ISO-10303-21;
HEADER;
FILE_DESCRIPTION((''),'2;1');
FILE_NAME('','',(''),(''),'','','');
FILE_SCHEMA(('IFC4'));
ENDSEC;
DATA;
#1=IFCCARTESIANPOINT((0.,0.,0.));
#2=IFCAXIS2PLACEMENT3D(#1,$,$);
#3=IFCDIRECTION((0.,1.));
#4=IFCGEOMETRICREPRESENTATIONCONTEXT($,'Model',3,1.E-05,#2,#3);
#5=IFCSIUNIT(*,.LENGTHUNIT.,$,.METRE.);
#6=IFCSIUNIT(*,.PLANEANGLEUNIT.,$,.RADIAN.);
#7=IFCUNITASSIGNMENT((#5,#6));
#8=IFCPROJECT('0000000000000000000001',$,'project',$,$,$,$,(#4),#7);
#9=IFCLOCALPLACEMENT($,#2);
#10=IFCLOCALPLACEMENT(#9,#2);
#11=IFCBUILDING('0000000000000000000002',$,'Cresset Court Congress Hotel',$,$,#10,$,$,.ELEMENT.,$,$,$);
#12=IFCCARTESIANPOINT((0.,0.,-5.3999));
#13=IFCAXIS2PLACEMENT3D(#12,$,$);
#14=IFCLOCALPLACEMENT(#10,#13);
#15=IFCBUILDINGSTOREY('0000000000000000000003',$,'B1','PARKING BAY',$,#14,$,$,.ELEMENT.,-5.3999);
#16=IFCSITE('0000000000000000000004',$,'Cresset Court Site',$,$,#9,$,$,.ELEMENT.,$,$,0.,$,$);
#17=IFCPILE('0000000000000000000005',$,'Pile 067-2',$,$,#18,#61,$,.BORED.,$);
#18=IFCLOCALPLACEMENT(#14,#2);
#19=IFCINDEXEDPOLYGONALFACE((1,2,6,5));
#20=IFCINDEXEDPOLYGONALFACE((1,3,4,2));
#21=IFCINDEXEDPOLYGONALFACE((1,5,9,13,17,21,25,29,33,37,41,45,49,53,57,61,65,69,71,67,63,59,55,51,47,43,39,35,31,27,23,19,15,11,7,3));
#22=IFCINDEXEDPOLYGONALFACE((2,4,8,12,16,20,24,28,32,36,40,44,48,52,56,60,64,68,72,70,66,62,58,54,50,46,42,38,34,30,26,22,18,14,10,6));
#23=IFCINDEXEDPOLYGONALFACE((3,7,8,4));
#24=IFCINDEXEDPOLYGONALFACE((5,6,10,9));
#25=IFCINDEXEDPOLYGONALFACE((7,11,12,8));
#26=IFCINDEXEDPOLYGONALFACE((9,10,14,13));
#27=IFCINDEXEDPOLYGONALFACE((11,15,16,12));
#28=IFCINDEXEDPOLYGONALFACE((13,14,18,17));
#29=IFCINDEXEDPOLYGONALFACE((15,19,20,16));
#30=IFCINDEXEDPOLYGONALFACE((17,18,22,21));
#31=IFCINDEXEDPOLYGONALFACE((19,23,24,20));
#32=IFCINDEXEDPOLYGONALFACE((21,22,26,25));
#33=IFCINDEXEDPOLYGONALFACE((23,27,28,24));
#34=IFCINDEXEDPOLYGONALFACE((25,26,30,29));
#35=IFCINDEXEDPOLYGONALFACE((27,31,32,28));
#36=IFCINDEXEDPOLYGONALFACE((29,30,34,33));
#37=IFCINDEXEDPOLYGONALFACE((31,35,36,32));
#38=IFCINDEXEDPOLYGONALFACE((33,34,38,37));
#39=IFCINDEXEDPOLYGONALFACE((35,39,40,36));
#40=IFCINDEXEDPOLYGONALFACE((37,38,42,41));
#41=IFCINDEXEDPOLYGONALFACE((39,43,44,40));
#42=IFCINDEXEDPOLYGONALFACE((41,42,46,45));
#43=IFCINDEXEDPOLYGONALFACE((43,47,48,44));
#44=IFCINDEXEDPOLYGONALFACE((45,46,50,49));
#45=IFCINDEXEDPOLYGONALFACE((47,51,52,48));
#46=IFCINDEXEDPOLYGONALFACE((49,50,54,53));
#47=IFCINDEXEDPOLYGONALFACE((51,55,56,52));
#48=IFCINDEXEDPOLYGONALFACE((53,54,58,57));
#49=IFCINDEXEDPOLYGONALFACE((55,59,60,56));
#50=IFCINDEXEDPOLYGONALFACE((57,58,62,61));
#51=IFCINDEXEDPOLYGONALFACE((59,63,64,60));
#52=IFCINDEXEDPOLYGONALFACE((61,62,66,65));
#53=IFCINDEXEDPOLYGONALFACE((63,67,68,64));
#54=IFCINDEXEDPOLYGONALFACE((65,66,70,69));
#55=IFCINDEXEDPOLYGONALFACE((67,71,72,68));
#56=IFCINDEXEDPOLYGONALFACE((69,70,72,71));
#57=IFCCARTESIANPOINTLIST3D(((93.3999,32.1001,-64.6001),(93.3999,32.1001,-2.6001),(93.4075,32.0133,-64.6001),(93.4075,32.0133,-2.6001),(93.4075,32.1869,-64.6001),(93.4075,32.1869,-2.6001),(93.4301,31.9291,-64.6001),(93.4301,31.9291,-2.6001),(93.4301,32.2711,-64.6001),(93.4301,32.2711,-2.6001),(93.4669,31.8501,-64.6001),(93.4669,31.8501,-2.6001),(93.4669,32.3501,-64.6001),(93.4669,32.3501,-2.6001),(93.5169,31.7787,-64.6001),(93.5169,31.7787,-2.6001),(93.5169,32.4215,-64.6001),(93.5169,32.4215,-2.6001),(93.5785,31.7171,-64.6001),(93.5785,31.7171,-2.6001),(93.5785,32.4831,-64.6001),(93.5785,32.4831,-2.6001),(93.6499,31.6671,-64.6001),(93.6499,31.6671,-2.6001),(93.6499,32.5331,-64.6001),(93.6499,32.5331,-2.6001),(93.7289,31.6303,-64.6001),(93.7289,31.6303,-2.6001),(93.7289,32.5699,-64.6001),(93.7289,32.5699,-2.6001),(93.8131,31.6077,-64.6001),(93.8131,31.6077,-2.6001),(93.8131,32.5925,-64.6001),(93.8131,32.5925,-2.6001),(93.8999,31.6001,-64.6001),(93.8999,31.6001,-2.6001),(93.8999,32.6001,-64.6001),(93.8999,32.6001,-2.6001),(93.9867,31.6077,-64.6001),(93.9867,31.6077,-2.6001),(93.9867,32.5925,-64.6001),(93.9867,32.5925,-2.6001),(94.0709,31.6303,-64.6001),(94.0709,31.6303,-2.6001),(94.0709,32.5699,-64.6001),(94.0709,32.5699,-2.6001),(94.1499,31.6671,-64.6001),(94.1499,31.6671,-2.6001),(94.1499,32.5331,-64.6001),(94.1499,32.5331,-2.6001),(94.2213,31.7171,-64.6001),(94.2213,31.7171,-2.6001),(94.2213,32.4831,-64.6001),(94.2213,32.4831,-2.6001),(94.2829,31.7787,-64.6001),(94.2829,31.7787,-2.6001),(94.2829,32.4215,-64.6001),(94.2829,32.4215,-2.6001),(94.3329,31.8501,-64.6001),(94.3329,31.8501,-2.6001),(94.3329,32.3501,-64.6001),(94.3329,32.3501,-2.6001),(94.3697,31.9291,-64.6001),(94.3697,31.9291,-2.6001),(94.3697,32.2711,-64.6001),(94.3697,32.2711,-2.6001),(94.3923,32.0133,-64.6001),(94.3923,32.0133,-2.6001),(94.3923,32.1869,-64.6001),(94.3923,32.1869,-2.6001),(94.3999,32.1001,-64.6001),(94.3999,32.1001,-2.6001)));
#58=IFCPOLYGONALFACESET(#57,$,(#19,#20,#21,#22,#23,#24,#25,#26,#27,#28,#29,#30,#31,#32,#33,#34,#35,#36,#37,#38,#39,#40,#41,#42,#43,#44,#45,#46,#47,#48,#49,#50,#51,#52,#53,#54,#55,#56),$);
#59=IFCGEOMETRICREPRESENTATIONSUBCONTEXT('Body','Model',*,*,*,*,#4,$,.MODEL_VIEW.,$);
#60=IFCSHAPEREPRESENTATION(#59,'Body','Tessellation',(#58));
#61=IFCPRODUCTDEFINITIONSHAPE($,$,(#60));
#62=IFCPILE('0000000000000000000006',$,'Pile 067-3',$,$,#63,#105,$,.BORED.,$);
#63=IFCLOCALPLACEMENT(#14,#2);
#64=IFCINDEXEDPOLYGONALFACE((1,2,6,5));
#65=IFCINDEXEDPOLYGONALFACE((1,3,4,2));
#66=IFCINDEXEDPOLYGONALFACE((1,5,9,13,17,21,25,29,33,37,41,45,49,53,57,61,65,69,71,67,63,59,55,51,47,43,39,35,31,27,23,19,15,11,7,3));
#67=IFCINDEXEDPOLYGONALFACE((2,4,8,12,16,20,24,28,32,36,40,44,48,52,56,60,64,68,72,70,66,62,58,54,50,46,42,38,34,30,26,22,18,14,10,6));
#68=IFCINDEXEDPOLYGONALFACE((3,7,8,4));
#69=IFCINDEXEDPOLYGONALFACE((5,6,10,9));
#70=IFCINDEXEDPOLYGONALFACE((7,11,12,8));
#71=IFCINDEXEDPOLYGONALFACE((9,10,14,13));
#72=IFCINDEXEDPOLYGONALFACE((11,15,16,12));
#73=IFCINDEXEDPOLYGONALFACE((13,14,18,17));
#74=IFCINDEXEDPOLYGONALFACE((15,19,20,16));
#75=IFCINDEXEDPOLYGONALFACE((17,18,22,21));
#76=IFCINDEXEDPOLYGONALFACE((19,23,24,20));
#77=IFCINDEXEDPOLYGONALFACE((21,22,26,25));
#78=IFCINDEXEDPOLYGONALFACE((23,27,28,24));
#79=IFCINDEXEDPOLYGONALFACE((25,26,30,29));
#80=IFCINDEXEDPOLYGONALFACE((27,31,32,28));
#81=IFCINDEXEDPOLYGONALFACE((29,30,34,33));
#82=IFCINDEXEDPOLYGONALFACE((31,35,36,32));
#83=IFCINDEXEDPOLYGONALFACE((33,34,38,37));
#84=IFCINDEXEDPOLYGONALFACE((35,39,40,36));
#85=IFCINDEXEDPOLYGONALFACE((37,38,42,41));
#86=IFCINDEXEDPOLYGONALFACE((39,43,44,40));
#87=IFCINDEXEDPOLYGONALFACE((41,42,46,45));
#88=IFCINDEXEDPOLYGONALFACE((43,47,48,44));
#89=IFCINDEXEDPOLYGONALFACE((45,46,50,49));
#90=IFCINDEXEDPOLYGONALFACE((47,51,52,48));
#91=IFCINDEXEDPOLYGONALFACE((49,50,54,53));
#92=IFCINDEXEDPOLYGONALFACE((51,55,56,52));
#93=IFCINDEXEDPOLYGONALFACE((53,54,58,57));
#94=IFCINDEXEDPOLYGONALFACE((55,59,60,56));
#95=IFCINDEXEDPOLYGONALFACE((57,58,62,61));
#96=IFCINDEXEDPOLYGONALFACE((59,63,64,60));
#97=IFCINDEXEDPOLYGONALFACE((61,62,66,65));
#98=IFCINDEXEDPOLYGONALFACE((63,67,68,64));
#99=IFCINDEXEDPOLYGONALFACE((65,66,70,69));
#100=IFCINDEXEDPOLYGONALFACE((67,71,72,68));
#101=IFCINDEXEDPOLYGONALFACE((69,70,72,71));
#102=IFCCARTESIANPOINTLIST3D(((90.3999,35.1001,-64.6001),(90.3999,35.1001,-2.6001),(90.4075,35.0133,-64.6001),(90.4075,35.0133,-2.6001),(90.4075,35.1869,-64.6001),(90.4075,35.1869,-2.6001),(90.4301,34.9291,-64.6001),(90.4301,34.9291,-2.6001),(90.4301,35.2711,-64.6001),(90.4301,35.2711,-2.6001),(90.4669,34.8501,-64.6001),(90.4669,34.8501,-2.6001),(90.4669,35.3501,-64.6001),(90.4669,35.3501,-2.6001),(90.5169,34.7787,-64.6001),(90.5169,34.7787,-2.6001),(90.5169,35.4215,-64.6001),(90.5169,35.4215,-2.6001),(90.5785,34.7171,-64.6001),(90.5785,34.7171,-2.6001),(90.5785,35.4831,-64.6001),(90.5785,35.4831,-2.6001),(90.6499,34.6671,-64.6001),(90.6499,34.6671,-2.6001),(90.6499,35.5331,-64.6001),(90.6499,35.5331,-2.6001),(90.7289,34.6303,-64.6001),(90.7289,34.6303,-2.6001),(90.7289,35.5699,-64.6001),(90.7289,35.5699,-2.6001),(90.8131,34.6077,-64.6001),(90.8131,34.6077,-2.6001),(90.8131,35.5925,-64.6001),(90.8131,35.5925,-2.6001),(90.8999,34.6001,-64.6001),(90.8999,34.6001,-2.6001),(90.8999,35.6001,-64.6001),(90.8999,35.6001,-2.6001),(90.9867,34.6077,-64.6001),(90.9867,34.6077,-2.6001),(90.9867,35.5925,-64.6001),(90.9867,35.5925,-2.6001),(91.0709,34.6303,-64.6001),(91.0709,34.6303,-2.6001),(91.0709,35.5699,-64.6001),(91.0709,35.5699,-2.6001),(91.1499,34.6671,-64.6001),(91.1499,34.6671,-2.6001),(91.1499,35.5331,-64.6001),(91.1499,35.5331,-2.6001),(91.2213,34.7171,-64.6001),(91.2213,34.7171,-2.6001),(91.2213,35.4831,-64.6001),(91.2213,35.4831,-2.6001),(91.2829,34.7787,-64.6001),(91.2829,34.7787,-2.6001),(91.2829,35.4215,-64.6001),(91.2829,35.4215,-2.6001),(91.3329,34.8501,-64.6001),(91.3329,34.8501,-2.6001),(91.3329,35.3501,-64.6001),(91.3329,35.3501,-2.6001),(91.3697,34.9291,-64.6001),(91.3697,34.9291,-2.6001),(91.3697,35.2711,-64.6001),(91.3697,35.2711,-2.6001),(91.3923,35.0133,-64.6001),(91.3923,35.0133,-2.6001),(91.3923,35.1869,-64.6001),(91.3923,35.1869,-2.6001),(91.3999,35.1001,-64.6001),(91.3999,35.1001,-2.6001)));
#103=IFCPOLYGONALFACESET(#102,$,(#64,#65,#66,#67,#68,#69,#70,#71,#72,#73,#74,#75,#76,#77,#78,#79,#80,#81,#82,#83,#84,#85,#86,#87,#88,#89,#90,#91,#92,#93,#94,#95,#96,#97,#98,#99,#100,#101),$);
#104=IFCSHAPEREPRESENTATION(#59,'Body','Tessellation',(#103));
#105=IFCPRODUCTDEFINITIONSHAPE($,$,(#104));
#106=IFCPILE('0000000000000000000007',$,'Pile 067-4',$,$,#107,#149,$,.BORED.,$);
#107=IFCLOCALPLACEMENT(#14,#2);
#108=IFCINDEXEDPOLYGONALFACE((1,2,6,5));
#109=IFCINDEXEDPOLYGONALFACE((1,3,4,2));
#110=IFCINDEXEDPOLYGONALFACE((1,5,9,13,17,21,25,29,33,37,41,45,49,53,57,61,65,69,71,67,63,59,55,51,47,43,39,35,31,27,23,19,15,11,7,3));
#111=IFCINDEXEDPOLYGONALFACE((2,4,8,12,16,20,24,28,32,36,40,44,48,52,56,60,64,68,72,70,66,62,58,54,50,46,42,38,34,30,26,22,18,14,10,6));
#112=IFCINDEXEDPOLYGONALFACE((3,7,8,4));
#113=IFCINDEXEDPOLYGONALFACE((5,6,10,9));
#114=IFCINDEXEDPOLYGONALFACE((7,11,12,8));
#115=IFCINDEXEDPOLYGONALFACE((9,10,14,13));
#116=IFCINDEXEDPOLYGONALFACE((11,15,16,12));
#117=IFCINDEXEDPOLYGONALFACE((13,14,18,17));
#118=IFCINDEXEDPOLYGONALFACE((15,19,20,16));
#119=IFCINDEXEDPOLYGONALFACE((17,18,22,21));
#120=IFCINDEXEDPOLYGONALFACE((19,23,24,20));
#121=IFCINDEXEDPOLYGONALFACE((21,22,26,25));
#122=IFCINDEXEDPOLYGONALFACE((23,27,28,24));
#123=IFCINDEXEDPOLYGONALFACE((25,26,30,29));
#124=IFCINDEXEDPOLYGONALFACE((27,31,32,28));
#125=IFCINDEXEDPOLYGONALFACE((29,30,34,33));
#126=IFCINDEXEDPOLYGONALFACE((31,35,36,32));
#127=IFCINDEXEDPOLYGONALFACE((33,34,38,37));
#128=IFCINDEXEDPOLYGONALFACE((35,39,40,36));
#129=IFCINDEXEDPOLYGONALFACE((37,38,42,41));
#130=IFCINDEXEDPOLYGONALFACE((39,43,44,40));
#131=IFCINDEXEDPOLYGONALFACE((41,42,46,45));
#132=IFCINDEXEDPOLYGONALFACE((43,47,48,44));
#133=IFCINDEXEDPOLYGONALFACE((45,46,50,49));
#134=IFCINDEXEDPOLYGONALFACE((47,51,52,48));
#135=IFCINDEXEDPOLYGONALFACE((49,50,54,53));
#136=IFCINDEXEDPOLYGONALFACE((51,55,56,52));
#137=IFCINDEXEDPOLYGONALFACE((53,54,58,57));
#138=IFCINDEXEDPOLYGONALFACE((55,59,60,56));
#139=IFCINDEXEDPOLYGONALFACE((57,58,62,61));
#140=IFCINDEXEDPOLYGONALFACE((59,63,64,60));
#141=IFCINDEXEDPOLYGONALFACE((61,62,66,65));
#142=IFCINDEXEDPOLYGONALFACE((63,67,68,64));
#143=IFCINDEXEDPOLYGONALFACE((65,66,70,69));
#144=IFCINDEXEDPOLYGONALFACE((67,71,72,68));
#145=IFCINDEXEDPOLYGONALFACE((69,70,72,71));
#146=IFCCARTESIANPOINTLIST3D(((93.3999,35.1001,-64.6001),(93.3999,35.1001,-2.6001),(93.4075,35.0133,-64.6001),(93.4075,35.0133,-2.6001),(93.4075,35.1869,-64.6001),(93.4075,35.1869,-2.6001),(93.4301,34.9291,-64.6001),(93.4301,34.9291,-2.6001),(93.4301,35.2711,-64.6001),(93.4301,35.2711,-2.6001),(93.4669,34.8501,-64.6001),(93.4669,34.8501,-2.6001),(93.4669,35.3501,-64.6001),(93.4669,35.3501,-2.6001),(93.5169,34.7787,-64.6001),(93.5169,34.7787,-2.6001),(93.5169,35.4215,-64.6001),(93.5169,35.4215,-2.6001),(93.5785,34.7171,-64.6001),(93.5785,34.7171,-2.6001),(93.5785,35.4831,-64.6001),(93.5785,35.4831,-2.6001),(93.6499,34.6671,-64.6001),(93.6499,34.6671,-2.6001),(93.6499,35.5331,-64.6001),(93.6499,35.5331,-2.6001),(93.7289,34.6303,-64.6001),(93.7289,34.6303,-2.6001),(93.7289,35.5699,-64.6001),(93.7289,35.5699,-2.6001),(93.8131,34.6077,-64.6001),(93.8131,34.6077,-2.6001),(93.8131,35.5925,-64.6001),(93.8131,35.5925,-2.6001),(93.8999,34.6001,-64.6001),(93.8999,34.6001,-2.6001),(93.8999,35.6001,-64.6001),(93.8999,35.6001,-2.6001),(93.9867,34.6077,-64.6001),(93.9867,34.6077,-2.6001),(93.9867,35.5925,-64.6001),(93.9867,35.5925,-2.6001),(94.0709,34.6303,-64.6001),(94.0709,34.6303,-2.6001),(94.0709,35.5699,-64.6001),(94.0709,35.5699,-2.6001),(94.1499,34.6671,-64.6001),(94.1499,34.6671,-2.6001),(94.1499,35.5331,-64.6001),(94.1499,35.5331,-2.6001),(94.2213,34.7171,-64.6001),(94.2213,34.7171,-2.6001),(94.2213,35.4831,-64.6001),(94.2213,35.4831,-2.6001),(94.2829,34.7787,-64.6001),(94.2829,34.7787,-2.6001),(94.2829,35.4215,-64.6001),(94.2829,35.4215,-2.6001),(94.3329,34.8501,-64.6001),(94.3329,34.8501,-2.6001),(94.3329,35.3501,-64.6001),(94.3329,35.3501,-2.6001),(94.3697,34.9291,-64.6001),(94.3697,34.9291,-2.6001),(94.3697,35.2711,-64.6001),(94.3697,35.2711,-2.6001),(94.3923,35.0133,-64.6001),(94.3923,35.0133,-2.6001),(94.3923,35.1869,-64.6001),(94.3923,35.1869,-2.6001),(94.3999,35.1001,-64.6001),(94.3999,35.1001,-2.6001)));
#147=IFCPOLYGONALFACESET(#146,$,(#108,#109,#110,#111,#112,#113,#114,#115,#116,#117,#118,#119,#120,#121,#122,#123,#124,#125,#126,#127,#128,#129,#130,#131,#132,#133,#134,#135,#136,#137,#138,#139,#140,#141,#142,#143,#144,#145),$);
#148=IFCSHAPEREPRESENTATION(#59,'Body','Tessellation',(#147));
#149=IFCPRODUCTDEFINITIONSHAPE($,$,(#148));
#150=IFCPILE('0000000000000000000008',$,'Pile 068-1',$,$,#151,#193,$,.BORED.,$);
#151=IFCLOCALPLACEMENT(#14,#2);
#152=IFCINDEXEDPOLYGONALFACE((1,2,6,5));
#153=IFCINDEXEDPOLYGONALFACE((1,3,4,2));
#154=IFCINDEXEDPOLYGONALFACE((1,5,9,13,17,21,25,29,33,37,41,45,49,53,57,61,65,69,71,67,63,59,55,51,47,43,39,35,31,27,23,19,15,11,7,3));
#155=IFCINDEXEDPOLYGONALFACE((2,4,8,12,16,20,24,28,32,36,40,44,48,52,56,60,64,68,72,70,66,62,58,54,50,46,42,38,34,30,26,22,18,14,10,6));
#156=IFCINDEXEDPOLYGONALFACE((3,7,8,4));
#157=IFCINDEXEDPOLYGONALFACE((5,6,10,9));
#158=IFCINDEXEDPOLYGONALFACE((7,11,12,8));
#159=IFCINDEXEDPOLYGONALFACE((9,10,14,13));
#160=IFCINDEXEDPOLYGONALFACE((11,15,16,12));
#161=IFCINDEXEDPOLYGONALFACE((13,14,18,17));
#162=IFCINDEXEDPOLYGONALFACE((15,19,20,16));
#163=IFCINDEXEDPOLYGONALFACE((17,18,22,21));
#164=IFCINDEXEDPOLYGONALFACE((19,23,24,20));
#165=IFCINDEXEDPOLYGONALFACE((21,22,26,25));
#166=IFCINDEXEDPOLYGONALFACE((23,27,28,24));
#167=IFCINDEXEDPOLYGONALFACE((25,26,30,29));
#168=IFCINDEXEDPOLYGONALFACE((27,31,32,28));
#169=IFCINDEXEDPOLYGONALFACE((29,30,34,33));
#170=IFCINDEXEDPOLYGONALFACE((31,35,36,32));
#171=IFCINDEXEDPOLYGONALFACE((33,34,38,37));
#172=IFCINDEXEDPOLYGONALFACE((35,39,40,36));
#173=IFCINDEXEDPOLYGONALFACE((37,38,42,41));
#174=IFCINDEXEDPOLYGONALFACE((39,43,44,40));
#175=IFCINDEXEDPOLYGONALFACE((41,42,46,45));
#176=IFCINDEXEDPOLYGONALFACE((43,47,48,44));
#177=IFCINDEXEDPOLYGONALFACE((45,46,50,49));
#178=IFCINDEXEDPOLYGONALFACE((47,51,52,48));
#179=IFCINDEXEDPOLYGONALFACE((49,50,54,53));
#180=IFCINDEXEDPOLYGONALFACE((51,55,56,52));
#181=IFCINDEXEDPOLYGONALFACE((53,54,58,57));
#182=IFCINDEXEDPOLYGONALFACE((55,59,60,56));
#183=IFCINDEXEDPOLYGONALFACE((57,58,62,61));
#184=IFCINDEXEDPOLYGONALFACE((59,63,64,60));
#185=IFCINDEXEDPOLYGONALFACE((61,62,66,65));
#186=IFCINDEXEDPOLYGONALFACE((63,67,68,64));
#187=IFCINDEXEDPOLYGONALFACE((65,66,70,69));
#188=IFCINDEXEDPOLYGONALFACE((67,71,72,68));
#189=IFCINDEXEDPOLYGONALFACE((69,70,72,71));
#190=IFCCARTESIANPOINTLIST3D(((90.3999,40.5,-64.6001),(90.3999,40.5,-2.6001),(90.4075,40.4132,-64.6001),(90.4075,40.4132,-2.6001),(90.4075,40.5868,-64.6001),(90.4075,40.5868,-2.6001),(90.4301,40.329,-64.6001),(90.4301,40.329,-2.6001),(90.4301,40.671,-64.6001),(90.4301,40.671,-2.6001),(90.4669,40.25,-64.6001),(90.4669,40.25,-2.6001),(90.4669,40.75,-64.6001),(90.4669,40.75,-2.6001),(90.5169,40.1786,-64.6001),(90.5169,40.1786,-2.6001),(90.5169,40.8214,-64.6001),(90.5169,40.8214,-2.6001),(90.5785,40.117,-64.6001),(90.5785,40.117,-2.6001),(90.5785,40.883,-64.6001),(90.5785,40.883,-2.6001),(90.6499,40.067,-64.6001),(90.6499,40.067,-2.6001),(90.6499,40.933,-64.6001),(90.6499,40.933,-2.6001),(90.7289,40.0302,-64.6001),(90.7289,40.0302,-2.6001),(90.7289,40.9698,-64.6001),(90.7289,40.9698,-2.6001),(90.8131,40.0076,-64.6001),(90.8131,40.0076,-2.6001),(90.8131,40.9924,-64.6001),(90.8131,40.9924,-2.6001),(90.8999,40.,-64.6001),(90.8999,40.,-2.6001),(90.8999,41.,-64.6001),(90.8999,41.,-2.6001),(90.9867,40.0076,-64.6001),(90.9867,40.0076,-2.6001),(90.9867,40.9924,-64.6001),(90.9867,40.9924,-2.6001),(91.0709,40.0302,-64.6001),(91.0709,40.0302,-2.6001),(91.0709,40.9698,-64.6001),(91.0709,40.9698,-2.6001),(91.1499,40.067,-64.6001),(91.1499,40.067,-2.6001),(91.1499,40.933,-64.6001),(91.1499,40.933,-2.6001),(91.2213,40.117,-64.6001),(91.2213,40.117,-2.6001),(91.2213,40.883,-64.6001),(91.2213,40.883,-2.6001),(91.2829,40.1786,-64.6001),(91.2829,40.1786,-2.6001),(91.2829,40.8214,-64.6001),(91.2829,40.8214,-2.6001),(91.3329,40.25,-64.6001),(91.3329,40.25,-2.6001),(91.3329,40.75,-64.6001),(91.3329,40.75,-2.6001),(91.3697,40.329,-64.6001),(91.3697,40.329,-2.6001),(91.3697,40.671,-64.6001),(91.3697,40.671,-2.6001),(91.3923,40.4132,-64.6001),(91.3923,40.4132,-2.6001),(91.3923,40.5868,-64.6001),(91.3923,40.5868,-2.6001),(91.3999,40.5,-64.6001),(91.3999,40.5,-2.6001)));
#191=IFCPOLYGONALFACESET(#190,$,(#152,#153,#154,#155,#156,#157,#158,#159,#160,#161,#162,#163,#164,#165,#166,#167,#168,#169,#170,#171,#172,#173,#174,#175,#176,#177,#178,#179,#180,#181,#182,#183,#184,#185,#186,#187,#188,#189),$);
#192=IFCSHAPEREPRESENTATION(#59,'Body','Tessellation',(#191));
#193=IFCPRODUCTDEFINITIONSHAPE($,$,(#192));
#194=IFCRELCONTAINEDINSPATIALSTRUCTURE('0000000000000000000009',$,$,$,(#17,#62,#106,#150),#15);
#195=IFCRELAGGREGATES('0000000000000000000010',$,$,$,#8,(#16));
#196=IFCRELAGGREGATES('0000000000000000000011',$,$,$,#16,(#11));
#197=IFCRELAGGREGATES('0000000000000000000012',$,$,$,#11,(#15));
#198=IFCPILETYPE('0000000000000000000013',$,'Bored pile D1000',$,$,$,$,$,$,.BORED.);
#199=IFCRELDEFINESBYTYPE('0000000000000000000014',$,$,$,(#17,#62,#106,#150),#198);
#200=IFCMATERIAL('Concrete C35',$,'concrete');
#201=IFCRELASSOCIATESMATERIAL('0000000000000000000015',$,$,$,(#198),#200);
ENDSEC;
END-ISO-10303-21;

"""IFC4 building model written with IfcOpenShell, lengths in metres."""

from ifc_helpers import new_model, si_unit, direction, frame, origin, origin_2d, place, context, subcontext, project, spatial, circle, extrude, material, type_object, element, save


model = new_model("IFC4")

# Units and contexts
model_context = context("Model", 3, precision=1e-05, world=origin(), true_north=direction((0.0, 1.0)))
body_context = subcontext(model_context, "Body", "Model", "MODEL_VIEW")
ifc_project = project(units=[si_unit("LENGTHUNIT", "METRE"), si_unit("PLANEANGLEUNIT", "RADIAN")], contexts=[model_context])

# Site, building, storey
site_placement = place(None, origin())
site = spatial("IfcSite", under=ifc_project, at=site_placement, Name="Cresset Court Site", CompositionType="ELEMENT", RefElevation=0.0)
building_placement = place(site_placement, origin())
building = spatial("IfcBuilding", under=site, at=building_placement, Name="Cresset Court Congress Hotel", CompositionType="ELEMENT")
storey_placement = place(building_placement, frame((0.0, 0.0, -5.3999)))
storey = spatial("IfcBuildingStorey", under=building, at=storey_placement, Name="B1", Description="PARKING BAY", CompositionType="ELEMENT", Elevation=-5.3999)

# Piles
ifc_material_1 = material(Name="Concrete C35", Category="concrete")
pile_type = type_object("IfcPileType", Name="Bored pile D1000", PredefinedType="BORED", material=ifc_material_1)
for number, where, z_axis, x_axis, name in (
    (1, (93.8999, 32.1001, -2.6001), (0.0, 0.0, -1.0), (1.0, 0.0, 0.0), "Pile 067-2"),
    (2, (90.8999, 35.1001, -2.6001), (0.0, 0.0, -1.0), (1.0, 0.0, 0.0), "Pile 067-3"),
    (3, (93.8999, 35.1001, -2.6001), (0.0, 0.0, -1.0), (1.0, 0.0, 0.0), "Pile 067-4"),
    (4, (90.8999, 40.5, -2.6001), (0.0, 0.0, -1.0), (1.0, 0.0, 0.0), "Pile 068-1"),
):
    element("IfcPile", number, at=place(storey_placement, frame(where, z_axis=z_axis, x_axis=x_axis)), inside=storey, type_object=pile_type, Name=name, PredefinedType="BORED", context=body_context, shape_type="SweptSolid", body=[
        extrude(circle(Radius=0.5, at=origin_2d()), origin(), (0.0, 0.0, 1.0), 62.0),
    ])

save(model, "model.ifc")
